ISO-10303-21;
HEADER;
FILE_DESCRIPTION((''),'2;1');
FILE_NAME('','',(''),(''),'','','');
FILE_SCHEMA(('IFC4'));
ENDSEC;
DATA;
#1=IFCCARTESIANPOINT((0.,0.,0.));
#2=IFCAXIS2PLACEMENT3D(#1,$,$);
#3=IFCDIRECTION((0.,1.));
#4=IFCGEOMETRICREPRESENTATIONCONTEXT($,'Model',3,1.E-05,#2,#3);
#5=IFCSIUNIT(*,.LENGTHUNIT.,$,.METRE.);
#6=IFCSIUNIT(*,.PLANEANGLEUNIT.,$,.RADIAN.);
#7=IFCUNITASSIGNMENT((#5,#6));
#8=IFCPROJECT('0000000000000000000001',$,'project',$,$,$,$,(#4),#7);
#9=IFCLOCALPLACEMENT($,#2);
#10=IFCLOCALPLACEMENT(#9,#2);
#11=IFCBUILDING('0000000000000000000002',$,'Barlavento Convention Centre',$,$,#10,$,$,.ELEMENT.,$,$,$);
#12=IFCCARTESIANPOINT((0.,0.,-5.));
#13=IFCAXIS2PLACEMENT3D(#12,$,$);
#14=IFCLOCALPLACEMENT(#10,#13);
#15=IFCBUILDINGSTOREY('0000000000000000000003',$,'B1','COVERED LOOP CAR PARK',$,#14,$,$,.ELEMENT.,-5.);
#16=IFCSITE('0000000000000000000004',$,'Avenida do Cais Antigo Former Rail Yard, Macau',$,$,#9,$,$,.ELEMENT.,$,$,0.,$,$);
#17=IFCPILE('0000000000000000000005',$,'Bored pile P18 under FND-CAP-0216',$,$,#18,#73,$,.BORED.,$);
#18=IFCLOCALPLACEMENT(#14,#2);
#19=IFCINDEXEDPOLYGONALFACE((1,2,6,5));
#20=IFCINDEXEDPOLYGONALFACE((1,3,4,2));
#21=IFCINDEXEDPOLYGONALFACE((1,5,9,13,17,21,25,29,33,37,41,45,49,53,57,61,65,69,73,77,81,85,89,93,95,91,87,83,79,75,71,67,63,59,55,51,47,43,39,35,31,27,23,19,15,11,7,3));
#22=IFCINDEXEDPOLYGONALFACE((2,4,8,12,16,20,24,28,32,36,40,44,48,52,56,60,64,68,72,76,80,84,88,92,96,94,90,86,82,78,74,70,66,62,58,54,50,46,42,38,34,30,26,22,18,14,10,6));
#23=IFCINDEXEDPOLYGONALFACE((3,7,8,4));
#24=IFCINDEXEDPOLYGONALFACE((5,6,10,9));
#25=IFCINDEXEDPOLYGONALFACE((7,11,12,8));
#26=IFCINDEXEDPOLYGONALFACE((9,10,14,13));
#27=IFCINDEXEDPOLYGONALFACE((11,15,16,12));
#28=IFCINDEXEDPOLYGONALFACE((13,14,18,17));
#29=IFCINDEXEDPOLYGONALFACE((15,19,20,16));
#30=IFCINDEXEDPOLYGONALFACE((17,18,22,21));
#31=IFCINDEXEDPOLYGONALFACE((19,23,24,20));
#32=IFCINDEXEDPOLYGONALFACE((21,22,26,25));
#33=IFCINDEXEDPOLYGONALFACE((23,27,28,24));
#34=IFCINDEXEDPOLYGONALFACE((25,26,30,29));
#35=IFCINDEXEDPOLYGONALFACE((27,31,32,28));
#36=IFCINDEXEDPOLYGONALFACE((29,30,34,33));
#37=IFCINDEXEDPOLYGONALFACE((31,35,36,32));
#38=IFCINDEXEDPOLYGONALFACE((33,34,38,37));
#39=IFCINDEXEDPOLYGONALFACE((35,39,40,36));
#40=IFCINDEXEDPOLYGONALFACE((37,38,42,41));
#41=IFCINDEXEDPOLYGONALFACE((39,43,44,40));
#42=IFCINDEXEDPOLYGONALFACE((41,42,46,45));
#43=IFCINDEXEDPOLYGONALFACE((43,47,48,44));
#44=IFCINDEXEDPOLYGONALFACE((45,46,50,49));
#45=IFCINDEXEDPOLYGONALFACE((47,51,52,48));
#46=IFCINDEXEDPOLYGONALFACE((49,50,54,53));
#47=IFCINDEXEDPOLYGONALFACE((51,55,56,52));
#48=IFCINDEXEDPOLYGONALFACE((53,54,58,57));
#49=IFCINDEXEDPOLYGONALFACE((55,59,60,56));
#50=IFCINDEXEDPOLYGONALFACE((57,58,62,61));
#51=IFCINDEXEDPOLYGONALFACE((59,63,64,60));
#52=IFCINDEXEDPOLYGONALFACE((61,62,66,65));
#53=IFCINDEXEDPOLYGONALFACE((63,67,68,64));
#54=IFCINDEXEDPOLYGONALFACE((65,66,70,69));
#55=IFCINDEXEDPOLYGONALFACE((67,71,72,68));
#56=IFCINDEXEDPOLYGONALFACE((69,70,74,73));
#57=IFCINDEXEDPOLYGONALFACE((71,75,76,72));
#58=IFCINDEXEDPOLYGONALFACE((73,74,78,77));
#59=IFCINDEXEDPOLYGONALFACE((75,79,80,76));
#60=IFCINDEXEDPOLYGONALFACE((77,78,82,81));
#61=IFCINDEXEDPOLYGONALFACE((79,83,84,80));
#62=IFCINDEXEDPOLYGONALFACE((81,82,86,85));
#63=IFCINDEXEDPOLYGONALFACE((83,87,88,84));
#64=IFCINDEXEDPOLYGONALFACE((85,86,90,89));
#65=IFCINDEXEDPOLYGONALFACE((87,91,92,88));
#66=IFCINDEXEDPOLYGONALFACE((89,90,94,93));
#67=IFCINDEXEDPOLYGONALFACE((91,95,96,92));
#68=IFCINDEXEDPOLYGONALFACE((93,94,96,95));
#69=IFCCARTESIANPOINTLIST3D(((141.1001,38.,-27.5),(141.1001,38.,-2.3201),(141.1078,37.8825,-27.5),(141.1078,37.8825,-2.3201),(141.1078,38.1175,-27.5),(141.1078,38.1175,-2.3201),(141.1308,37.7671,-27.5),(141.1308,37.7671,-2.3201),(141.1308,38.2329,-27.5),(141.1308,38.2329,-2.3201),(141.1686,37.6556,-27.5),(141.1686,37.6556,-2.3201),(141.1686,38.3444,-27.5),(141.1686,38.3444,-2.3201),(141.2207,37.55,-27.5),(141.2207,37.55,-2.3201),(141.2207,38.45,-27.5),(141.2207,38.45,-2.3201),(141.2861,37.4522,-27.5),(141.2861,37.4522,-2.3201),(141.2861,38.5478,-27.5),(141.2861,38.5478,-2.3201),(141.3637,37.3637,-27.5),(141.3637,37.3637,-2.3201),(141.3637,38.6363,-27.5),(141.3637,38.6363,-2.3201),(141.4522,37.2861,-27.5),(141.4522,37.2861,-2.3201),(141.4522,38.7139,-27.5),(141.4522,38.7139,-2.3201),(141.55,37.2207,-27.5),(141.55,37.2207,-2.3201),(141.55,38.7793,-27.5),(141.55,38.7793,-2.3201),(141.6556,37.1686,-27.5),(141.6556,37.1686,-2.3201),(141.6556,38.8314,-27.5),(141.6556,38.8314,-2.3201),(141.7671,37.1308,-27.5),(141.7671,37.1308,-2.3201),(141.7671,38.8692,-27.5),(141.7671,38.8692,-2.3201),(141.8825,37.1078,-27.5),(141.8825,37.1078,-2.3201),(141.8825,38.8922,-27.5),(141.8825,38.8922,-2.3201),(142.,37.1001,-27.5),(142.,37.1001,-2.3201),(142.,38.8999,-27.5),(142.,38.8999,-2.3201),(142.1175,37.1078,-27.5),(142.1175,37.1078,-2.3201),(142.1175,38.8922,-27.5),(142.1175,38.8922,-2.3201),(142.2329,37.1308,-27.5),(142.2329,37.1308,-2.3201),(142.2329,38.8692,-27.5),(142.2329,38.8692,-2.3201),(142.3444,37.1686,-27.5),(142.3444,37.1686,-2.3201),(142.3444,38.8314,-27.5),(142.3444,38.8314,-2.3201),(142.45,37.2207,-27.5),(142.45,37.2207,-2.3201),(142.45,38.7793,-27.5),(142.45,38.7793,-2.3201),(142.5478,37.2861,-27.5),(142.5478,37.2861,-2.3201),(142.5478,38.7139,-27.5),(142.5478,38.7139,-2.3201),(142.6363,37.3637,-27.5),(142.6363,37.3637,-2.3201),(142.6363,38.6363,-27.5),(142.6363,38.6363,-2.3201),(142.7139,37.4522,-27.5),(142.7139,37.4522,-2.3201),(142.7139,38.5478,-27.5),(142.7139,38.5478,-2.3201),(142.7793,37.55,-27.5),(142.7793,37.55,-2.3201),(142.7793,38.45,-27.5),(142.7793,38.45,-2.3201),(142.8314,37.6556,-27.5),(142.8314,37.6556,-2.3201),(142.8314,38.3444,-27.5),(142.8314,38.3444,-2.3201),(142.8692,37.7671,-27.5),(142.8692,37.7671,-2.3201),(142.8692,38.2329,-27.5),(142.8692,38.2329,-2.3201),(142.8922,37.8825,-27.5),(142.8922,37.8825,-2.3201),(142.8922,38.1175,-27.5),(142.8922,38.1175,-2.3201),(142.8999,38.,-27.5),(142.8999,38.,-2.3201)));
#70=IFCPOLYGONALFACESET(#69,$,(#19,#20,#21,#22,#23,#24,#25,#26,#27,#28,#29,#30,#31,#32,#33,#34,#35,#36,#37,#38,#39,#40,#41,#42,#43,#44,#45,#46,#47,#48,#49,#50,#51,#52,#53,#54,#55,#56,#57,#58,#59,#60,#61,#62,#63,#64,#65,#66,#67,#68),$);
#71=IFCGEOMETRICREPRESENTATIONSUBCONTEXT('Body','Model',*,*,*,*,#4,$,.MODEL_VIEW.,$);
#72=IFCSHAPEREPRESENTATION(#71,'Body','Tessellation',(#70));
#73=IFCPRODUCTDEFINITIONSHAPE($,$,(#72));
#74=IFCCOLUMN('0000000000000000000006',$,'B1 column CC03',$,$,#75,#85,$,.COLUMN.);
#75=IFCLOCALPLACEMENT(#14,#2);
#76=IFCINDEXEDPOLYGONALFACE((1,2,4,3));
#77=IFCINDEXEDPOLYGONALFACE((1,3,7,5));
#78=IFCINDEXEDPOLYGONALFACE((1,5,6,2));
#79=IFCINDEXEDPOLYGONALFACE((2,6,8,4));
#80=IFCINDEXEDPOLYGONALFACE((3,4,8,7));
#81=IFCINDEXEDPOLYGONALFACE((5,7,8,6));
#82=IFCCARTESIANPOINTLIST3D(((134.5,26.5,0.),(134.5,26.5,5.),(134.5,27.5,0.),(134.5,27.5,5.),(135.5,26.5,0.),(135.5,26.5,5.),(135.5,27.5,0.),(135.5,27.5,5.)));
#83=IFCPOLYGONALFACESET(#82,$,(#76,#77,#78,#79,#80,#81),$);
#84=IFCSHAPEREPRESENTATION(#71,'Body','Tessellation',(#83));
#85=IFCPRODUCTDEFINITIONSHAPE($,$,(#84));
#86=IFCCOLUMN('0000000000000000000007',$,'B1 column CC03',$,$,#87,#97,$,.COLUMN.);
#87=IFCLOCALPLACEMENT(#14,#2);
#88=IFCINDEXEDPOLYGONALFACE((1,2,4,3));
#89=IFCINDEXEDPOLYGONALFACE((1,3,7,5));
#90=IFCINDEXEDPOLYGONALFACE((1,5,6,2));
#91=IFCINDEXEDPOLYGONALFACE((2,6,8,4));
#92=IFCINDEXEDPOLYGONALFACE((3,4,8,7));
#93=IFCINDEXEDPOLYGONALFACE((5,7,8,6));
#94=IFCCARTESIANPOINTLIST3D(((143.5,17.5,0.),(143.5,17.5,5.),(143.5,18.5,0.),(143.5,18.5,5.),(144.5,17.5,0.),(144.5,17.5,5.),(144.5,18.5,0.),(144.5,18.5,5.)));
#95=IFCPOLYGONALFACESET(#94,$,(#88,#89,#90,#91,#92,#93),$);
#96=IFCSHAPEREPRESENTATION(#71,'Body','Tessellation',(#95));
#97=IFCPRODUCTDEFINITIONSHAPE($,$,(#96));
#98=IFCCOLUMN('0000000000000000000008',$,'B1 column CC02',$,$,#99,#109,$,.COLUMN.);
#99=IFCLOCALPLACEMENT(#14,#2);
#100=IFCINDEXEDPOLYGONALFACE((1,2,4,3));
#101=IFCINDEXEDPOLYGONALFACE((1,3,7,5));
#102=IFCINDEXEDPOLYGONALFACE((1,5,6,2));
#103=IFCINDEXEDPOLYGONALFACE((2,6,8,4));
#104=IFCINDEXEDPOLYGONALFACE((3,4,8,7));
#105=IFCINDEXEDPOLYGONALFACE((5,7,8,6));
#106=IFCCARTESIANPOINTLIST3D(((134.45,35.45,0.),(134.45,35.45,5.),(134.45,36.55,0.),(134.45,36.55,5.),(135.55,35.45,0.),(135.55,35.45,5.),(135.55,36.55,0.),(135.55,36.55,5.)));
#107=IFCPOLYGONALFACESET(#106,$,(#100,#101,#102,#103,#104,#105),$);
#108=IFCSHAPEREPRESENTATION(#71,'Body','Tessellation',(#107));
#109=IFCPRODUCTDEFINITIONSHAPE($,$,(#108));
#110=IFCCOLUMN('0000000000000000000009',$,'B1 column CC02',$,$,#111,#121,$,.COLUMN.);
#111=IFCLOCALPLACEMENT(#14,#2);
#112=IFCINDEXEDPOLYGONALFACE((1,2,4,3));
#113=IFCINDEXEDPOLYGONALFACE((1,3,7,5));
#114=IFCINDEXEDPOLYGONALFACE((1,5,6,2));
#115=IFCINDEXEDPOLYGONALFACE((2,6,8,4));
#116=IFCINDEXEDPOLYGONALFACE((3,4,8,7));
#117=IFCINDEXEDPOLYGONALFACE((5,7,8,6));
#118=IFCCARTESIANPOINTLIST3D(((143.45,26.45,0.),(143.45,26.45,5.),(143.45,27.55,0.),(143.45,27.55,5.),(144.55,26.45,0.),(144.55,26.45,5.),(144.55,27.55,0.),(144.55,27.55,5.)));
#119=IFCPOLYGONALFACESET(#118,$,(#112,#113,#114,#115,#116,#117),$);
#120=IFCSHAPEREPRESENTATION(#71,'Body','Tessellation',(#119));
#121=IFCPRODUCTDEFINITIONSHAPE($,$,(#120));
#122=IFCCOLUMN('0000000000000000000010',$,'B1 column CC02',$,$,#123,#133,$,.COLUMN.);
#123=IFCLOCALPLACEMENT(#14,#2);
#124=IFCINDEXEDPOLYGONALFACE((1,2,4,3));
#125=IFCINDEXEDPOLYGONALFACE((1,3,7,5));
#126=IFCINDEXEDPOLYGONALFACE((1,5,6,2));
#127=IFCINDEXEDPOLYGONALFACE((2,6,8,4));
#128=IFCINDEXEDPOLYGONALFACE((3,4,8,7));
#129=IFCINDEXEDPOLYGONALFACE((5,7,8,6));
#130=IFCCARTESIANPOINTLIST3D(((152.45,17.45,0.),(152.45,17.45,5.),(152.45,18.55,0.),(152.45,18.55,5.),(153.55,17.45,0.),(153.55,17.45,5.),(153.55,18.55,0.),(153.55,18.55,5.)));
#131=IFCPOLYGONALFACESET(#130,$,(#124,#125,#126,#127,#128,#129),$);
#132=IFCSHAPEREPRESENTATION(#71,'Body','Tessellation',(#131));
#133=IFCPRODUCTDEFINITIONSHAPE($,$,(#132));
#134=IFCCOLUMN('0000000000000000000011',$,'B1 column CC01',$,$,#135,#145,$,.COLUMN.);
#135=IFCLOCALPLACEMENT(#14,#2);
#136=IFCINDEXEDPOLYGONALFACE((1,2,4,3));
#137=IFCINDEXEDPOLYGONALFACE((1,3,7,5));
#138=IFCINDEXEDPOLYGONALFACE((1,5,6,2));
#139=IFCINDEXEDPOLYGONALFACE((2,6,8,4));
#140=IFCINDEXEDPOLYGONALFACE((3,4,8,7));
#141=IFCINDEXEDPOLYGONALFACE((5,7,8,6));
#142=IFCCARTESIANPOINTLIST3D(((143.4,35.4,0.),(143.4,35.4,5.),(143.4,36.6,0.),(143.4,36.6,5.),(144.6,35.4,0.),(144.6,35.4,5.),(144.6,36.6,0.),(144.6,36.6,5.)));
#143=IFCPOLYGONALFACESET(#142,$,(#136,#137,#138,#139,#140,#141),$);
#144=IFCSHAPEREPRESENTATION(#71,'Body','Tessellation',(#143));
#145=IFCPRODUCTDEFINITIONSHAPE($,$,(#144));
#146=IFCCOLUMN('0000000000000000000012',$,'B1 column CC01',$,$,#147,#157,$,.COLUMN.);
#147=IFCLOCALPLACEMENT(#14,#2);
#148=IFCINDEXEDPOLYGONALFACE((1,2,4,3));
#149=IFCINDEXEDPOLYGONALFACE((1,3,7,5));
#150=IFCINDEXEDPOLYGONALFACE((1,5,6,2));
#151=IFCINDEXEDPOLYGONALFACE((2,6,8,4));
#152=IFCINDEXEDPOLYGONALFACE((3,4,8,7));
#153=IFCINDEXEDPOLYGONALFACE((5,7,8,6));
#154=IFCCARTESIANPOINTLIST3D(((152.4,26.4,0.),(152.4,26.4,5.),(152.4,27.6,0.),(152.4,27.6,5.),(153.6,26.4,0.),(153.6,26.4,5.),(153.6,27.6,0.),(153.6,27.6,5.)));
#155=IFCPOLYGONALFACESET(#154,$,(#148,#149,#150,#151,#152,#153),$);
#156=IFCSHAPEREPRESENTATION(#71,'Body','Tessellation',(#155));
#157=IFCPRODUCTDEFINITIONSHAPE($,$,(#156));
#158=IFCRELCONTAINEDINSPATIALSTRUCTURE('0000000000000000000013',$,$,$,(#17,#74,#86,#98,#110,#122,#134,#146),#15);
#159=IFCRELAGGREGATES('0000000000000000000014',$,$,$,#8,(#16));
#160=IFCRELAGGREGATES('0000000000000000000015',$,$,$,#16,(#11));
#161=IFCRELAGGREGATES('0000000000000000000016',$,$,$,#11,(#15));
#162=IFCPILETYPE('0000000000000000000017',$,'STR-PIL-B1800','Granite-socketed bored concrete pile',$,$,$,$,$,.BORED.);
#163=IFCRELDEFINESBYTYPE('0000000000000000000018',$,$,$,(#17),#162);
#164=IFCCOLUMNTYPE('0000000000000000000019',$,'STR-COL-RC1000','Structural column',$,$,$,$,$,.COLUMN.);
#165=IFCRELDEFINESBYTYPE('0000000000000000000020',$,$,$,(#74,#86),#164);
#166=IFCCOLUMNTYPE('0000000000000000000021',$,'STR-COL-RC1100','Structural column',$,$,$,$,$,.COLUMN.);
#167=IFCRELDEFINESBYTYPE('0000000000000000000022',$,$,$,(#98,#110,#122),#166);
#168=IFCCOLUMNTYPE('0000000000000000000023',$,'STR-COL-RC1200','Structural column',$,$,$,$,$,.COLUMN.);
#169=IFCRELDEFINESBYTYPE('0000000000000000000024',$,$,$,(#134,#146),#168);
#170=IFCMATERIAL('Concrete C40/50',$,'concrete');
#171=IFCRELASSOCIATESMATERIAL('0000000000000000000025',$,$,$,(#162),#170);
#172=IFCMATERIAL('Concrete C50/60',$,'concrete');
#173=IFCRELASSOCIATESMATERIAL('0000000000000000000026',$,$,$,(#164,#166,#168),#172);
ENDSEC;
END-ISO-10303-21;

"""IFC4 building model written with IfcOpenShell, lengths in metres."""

from ifc_helpers import new_model, si_unit, direction, frame, origin, origin_2d, place, context, subcontext, project, spatial, rectangle, circle, extrude, material, material_profile, profile_set, type_object, element, save


model = new_model("IFC4")

# Units and contexts
model_context = context("Model", 3, precision=1e-05, world=origin(), true_north=direction((0.0, 1.0)))
body_context = subcontext(model_context, "Body", "Model", "MODEL_VIEW")
ifc_project = project(units=[si_unit("LENGTHUNIT", "METRE"), si_unit("PLANEANGLEUNIT", "RADIAN")], contexts=[model_context])

# Site, building, storey
site_placement = place(None, origin())
site = spatial("IfcSite", under=ifc_project, at=site_placement, Name="Avenida do Cais Antigo Former Rail Yard, Macau", CompositionType="ELEMENT", RefElevation=0.0)
building_placement = place(site_placement, origin())
building = spatial("IfcBuilding", under=site, at=building_placement, Name="Barlavento Convention Centre", CompositionType="ELEMENT")
storey_placement = place(building_placement, frame((0.0, 0.0, -5.0)))
storey = spatial("IfcBuildingStorey", under=building, at=storey_placement, Name="B1", Description="COVERED LOOP CAR PARK", CompositionType="ELEMENT", Elevation=-5.0)

# Shared definitions
ifc_material_1 = material(Name="Concrete C40/50", Category="concrete")

# Pile
ifc_material_profile_1 = material_profile(ifc_material_1, circle(Radius=0.8999, at=origin_2d()), Name="BORED PILE 1800")
ifc_profile_set_1 = profile_set([ifc_material_profile_1], Name="Concrete C40/50")
pile_type_1 = type_object("IfcPileType", Name="STR-PIL-B1800", Description="Granite-socketed bored concrete pile", PredefinedType="BORED", material=ifc_profile_set_1)
for number, where, z_axis, x_axis, name in (
    (1, (142.0, 38.0, -2.3201), (0.0, 0.0, -1.0), (1.0, 0.0, 0.0), "Bored pile P18 under FND-CAP-0216"),
):
    element("IfcPile", number, at=place(storey_placement, frame(where, z_axis=z_axis, x_axis=x_axis)), inside=storey, type_object=pile_type_1, Name=name, PredefinedType="BORED", context=body_context, shape_type="SweptSolid", body=[
        extrude(circle(Radius=0.8999, at=origin_2d()), origin(), (0.0, 0.0, 1.0), 25.1799),
    ])

# Columns
ifc_material_2 = material(Name="Concrete C50/60", Category="concrete")
ifc_material_profile_2 = material_profile(ifc_material_2, rectangle(XDim=1.0, YDim=1.0, at=origin_2d()), Name="RC 1000x1000")
ifc_profile_set_2 = profile_set([ifc_material_profile_2], Name="Concrete C50/60")
column_type_1 = type_object("IfcColumnType", Name="STR-COL-RC1000", Description="Structural column", PredefinedType="COLUMN", material=ifc_profile_set_2)
for number, where, z_axis, x_axis, name in (
    (2, (135.0, 27.0, 0.0), (0.0, 0.0, 1.0), (1.0, 0.0, 0.0), "B1 column CC03"),
    (3, (144.0, 18.0, 0.0), (0.0, 0.0, 1.0), (1.0, 0.0, 0.0), "B1 column CC03"),
):
    element("IfcColumn", number, at=place(storey_placement, frame(where, z_axis=z_axis, x_axis=x_axis)), inside=storey, type_object=column_type_1, Name=name, PredefinedType="COLUMN", context=body_context, shape_type="SweptSolid", body=[
        extrude(rectangle(XDim=1.0, YDim=1.0, at=origin_2d()), origin(), (0.0, 0.0, 1.0), 5.0),
    ])
ifc_material_profile_3 = material_profile(ifc_material_2, rectangle(XDim=1.1001, YDim=1.1001, at=origin_2d()), Name="RC 1100x1100")
ifc_profile_set_3 = profile_set([ifc_material_profile_3], Name="Concrete C50/60")
column_type_2 = type_object("IfcColumnType", Name="STR-COL-RC1100", Description="Structural column", PredefinedType="COLUMN", material=ifc_profile_set_3)
for number, where, z_axis, x_axis, name in (
    (4, (135.0, 36.0, 0.0), (0.0, 0.0, 1.0), (1.0, 0.0, 0.0), "B1 column CC02"),
    (5, (144.0, 27.0, 0.0), (0.0, 0.0, 1.0), (1.0, 0.0, 0.0), "B1 column CC02"),
    (6, (153.0, 18.0, 0.0), (0.0, 0.0, 1.0), (1.0, 0.0, 0.0), "B1 column CC02"),
):
    element("IfcColumn", number, at=place(storey_placement, frame(where, z_axis=z_axis, x_axis=x_axis)), inside=storey, type_object=column_type_2, Name=name, PredefinedType="COLUMN", context=body_context, shape_type="SweptSolid", body=[
        extrude(rectangle(XDim=1.1001, YDim=1.1001, at=origin_2d()), origin(), (0.0, 0.0, 1.0), 5.0),
    ])
ifc_material_profile_4 = material_profile(ifc_material_2, rectangle(XDim=1.2, YDim=1.2, at=origin_2d()), Name="RC 1200x1200")
ifc_profile_set_4 = profile_set([ifc_material_profile_4], Name="Concrete C50/60")
column_type_3 = type_object("IfcColumnType", Name="STR-COL-RC1200", Description="Structural column", PredefinedType="COLUMN", material=ifc_profile_set_4)
for number, where, z_axis, x_axis, name in (
    (7, (144.0, 36.0, 0.0), (0.0, 0.0, 1.0), (1.0, 0.0, 0.0), "B1 column CC01"),
    (8, (153.0, 27.0, 0.0), (0.0, 0.0, 1.0), (1.0, 0.0, 0.0), "B1 column CC01"),
):
    element("IfcColumn", number, at=place(storey_placement, frame(where, z_axis=z_axis, x_axis=x_axis)), inside=storey, type_object=column_type_3, Name=name, PredefinedType="COLUMN", context=body_context, shape_type="SweptSolid", body=[
        extrude(rectangle(XDim=1.2, YDim=1.2, at=origin_2d()), origin(), (0.0, 0.0, 1.0), 5.0),
    ])

save(model, "model.ifc")
